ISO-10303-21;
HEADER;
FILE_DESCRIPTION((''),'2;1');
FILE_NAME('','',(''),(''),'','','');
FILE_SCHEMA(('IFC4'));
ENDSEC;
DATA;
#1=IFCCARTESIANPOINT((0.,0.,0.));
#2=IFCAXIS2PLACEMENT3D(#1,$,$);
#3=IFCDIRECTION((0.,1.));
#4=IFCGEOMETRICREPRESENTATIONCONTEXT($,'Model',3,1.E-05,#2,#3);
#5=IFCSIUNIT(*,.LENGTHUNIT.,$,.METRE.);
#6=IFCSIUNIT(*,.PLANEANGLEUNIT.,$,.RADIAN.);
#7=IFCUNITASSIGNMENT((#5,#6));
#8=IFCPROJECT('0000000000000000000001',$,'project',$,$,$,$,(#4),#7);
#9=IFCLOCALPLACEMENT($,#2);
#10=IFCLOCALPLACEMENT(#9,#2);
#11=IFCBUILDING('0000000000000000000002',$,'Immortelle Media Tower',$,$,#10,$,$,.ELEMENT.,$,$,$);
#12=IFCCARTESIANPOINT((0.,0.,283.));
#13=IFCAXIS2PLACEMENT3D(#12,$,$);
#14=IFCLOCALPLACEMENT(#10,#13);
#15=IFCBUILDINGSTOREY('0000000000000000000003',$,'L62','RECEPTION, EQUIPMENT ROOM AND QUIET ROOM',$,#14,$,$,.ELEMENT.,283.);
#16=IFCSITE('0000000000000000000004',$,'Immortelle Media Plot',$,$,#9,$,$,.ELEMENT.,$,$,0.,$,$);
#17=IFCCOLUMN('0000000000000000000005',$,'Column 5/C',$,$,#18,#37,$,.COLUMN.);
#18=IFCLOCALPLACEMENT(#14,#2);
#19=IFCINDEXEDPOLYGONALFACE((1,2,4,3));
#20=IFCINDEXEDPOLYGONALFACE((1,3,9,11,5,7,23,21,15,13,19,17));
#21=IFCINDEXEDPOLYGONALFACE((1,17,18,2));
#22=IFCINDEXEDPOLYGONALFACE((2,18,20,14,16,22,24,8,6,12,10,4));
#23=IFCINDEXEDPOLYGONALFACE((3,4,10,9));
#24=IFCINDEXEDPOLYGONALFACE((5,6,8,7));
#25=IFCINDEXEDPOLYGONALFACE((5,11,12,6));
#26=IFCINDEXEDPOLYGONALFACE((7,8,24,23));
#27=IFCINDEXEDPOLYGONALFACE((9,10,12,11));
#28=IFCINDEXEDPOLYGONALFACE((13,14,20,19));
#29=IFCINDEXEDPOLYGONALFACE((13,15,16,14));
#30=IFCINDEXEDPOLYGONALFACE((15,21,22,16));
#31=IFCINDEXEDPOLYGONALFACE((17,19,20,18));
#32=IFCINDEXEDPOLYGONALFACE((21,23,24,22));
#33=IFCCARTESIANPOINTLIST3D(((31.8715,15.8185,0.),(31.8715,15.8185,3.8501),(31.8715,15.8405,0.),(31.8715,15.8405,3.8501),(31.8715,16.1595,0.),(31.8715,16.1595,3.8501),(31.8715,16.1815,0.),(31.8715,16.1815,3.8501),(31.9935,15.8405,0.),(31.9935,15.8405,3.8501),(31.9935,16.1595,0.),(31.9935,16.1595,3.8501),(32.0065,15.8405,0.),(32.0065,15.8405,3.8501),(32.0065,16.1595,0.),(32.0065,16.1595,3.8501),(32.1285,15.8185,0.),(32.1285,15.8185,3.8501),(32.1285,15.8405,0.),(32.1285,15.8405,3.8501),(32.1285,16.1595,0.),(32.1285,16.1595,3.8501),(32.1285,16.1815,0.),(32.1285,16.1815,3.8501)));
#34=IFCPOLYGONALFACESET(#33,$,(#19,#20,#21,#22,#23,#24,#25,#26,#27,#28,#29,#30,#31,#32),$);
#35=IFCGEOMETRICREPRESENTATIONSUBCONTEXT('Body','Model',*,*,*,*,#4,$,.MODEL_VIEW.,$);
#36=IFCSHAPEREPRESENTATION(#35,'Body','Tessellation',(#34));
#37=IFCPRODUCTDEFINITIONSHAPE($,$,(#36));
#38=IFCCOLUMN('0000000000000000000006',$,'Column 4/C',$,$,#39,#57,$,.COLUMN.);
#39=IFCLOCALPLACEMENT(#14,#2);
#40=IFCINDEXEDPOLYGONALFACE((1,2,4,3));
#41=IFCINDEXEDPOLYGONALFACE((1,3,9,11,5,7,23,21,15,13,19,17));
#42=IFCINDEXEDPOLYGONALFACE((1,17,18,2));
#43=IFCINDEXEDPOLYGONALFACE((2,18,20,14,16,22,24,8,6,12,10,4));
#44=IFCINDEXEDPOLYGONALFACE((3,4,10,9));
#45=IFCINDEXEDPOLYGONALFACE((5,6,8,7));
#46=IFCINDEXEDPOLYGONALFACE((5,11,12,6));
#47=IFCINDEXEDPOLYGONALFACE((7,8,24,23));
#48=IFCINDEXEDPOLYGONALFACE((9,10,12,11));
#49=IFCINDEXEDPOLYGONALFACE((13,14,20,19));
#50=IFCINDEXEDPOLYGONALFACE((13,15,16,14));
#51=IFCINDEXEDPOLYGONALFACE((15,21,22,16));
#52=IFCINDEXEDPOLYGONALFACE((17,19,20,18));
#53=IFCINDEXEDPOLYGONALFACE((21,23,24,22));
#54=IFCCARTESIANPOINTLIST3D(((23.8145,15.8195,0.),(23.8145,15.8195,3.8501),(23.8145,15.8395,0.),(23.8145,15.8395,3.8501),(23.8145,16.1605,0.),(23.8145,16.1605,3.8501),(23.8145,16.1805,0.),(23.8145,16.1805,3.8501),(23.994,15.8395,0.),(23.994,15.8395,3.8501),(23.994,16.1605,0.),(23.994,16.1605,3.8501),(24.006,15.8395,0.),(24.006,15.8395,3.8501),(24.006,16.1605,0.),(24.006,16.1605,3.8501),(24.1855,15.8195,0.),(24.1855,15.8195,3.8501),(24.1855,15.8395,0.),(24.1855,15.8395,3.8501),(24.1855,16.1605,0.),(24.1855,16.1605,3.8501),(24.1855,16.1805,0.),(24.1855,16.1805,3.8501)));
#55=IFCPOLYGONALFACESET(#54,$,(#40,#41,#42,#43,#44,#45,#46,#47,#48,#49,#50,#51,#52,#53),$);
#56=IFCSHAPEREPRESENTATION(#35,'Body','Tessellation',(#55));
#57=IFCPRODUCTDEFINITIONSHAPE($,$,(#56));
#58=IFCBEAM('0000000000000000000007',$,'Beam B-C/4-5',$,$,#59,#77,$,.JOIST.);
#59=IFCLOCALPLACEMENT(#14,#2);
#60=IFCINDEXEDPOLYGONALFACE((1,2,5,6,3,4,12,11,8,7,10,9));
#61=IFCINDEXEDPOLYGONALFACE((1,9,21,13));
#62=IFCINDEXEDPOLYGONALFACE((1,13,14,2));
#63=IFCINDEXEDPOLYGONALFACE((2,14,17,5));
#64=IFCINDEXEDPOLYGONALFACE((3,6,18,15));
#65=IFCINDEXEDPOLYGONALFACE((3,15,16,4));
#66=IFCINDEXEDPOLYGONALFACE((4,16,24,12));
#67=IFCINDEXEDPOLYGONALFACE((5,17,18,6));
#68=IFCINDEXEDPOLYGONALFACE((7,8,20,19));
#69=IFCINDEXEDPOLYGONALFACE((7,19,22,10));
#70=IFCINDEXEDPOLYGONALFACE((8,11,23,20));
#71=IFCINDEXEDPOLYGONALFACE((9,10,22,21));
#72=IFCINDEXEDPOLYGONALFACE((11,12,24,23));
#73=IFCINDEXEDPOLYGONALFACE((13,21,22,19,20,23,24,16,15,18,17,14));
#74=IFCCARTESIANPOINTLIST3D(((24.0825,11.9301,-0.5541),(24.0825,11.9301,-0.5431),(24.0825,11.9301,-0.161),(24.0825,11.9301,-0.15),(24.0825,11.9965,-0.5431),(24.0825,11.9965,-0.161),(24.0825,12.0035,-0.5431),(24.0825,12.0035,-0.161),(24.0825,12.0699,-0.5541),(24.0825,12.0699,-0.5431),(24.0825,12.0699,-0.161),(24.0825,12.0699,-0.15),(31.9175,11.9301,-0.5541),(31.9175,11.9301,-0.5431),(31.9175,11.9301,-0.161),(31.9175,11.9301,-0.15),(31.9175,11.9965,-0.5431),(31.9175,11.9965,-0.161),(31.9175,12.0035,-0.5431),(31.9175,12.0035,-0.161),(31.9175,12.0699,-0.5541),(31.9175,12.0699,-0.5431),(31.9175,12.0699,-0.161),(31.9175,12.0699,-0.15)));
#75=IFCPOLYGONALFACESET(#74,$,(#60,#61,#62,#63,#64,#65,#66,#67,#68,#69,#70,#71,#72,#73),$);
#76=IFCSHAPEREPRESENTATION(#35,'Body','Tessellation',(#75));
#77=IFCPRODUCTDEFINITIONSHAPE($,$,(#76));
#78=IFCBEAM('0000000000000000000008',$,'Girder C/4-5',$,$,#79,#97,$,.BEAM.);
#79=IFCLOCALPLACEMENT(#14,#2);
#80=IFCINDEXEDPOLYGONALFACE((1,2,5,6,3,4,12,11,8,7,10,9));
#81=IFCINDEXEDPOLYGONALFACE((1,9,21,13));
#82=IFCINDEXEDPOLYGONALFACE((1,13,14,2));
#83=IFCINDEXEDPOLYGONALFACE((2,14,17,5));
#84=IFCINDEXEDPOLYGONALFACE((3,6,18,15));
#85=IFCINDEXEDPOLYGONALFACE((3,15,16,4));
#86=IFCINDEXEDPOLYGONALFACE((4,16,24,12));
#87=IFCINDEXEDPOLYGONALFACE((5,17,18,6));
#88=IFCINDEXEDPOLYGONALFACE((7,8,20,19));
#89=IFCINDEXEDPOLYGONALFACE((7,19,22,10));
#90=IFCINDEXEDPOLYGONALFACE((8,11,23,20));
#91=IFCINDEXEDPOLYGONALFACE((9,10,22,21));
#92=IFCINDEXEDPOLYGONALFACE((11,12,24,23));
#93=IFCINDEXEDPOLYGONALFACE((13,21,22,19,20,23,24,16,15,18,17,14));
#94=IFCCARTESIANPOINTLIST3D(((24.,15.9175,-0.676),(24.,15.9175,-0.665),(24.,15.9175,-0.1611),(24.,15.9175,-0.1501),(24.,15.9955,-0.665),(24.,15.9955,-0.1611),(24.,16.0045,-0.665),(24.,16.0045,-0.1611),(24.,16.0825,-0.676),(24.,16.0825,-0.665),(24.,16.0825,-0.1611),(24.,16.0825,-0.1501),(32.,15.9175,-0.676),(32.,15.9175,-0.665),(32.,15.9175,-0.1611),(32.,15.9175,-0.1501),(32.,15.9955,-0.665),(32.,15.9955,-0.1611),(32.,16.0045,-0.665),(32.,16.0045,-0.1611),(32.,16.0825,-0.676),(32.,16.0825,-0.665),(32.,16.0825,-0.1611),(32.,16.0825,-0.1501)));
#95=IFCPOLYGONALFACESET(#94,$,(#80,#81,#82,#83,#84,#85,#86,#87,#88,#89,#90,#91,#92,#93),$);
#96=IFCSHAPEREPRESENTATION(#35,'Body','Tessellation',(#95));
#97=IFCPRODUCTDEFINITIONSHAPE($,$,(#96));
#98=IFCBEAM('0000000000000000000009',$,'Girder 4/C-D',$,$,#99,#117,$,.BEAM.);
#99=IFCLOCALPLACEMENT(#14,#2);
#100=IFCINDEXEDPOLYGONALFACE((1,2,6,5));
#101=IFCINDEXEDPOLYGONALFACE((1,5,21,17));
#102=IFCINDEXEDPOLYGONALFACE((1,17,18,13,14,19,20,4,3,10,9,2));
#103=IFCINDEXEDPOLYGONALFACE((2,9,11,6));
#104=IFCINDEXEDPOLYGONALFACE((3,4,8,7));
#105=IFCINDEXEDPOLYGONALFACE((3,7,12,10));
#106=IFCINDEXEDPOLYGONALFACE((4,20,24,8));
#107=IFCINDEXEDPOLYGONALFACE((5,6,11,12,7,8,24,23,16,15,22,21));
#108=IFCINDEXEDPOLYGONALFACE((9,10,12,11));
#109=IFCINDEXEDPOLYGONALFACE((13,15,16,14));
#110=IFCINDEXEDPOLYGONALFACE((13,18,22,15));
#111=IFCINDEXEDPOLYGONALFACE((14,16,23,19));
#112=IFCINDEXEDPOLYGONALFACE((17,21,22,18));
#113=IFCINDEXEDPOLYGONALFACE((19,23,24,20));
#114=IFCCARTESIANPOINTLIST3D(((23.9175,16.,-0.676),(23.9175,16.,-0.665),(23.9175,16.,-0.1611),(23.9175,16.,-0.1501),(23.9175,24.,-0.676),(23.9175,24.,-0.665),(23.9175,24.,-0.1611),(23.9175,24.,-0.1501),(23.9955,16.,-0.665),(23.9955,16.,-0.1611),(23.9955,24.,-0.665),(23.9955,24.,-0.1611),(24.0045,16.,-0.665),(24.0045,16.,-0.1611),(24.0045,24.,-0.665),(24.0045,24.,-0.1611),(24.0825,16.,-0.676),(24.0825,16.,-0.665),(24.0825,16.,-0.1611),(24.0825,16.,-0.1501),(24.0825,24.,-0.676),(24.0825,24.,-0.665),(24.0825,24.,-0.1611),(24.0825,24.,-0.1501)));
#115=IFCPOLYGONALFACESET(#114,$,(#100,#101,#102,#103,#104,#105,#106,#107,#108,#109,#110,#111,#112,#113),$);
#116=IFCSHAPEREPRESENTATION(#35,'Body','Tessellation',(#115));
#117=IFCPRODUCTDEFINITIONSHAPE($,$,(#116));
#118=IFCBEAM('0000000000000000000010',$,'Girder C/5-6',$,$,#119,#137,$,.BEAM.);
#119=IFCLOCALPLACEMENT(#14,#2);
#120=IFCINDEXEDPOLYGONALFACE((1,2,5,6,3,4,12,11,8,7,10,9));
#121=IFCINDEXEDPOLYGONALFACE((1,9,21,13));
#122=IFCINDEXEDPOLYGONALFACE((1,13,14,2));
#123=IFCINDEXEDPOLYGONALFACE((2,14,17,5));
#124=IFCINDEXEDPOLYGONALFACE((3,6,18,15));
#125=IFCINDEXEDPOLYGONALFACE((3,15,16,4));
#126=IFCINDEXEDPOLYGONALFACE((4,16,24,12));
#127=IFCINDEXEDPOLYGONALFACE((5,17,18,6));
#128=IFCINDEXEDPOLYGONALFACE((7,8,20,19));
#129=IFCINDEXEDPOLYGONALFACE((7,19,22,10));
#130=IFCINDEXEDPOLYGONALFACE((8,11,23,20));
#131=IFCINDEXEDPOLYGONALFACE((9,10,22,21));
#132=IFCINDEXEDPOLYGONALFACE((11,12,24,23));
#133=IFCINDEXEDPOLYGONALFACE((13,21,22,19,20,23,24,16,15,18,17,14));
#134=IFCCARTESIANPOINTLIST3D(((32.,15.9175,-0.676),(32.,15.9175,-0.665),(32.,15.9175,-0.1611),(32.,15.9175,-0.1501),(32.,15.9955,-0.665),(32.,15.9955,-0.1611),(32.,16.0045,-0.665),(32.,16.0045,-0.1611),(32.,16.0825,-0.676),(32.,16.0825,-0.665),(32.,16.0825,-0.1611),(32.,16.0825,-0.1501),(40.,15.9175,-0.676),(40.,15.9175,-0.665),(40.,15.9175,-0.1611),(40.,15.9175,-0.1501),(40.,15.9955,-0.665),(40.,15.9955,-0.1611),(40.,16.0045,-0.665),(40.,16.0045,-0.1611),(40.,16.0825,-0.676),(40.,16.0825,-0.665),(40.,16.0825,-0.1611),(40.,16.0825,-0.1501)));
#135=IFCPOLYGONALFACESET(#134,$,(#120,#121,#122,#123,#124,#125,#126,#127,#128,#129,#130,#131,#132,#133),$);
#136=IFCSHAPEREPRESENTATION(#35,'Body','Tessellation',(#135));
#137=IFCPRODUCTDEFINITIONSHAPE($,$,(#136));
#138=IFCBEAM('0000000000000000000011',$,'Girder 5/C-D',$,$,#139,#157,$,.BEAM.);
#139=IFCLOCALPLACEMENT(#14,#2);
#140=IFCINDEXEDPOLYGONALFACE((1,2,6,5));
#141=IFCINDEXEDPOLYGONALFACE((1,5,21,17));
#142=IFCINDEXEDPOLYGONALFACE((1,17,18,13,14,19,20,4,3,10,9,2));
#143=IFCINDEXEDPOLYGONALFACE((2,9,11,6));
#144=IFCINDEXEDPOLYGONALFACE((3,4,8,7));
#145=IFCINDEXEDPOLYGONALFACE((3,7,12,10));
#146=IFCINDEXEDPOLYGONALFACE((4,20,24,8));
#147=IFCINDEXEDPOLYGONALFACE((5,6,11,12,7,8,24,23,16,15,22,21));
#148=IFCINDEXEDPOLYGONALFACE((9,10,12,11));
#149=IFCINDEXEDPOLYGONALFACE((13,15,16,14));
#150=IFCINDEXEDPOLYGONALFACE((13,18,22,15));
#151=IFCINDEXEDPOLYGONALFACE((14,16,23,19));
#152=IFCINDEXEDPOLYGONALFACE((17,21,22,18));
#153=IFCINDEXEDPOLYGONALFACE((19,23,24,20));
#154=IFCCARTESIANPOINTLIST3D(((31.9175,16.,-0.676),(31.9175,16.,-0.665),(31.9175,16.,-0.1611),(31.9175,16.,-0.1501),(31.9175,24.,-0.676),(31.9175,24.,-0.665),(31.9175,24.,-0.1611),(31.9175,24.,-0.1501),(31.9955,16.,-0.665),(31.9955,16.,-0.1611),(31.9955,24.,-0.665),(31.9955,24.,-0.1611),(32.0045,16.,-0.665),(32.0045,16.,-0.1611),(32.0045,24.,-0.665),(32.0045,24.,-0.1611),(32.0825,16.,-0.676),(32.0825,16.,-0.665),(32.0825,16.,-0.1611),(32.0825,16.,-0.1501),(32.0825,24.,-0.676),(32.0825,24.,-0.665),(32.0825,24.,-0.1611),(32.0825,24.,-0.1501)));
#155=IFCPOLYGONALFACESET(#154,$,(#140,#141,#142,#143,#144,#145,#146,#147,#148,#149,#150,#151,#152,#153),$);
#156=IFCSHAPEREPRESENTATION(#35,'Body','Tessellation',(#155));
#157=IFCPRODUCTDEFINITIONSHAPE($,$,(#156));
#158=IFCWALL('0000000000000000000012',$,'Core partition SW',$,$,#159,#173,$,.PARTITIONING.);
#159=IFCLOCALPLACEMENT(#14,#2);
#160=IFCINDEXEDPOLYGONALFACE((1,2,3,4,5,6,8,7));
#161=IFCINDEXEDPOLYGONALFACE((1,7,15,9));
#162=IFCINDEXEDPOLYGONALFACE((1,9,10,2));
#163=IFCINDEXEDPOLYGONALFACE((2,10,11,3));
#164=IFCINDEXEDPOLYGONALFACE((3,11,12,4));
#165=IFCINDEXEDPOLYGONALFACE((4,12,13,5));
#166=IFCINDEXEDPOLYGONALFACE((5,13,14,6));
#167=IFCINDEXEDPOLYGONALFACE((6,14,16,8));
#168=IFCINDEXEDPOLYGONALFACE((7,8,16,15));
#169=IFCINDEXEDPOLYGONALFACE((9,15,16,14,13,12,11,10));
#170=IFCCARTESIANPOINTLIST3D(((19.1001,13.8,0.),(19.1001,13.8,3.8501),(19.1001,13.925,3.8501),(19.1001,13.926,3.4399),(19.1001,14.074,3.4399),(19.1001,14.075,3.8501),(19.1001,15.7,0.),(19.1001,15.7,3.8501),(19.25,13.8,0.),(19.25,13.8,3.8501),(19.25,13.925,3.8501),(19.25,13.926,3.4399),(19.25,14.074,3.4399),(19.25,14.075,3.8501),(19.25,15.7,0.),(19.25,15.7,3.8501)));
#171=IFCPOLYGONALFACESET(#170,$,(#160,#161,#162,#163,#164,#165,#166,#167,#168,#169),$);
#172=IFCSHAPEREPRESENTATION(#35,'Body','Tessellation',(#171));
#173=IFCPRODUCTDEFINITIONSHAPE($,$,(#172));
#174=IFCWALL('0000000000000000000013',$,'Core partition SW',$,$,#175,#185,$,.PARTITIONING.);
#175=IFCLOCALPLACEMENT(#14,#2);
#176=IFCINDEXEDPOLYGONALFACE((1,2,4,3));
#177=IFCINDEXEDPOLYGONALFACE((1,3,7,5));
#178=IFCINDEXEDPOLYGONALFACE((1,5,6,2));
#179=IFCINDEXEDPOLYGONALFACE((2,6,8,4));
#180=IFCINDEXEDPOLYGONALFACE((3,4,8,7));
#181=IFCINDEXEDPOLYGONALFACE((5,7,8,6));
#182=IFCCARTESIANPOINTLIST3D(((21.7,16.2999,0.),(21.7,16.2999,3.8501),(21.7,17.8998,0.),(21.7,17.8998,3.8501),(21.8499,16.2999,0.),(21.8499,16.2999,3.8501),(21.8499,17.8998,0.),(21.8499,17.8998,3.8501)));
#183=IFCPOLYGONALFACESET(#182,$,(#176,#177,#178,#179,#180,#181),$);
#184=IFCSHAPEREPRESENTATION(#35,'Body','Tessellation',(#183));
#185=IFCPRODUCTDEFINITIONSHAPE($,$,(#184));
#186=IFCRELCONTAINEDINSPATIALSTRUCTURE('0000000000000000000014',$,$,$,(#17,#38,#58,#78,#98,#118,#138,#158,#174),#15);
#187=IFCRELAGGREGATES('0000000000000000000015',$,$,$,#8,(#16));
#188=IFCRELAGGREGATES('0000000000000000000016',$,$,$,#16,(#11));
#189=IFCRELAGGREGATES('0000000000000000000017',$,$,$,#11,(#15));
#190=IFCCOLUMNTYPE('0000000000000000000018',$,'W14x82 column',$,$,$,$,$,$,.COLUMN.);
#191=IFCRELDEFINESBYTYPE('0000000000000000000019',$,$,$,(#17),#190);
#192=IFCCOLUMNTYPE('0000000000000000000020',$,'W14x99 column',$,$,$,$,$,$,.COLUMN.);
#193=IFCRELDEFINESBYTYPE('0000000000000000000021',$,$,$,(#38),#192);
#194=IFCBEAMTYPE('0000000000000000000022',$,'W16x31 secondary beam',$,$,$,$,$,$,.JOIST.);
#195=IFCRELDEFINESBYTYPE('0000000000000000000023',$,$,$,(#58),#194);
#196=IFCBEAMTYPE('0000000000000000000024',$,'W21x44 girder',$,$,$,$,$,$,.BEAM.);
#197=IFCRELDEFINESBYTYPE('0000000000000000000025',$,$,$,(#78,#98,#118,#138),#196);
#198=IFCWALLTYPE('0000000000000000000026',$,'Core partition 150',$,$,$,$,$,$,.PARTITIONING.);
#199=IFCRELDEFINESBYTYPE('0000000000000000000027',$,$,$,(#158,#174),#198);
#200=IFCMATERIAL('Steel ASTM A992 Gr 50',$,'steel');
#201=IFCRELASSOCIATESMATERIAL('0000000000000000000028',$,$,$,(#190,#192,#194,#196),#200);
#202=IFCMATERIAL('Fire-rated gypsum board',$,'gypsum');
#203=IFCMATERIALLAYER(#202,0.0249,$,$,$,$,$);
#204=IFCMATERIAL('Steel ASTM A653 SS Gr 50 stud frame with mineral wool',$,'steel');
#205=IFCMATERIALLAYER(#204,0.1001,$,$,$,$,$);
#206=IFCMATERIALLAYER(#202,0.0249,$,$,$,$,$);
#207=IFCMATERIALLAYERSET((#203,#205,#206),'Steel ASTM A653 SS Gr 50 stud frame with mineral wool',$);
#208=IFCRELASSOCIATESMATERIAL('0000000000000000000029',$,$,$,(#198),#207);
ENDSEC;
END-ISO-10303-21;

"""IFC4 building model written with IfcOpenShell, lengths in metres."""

from ifc_helpers import new_model, si_unit, direction, frame, frame_2d, origin, origin_2d, place, context, subcontext, project, spatial, polyline, rectangle, i_section, outline, extrude, material, layer, layer_set, material_profile, profile_set, type_object, element, save


model = new_model("IFC4")

# Units and contexts
model_context = context("Model", 3, precision=1e-05, world=origin(), true_north=direction((0.0, 1.0)))
body_context = subcontext(model_context, "Body", "Model", "MODEL_VIEW")
ifc_project = project(units=[si_unit("LENGTHUNIT", "METRE"), si_unit("PLANEANGLEUNIT", "RADIAN")], contexts=[model_context])

# Site, building, storey
site_placement = place(None, origin())
site = spatial("IfcSite", under=ifc_project, at=site_placement, Name="Immortelle Media Plot", CompositionType="ELEMENT", RefElevation=0.0)
building_placement = place(site_placement, origin())
building = spatial("IfcBuilding", under=site, at=building_placement, Name="Immortelle Media Tower", CompositionType="ELEMENT")
storey_placement = place(building_placement, frame((0.0, 0.0, 283.0)))
storey = spatial("IfcBuildingStorey", under=building, at=storey_placement, Name="L62", Description="RECEPTION, EQUIPMENT ROOM AND QUIET ROOM", CompositionType="ELEMENT", Elevation=283.0)

# Columns
ifc_material_1 = material(Name="Steel ASTM A992 Gr 50", Category="steel")
ifc_material_profile_1 = material_profile(ifc_material_1, i_section(OverallWidth=0.2571, OverallDepth=0.363, WebThickness=0.0129, FlangeThickness=0.022, at=origin_2d()), Name="W14x82")
ifc_profile_set_1 = profile_set([ifc_material_profile_1], Name="Steel ASTM A992 Gr 50")
column_type_1 = type_object("IfcColumnType", Name="W14x82 column", PredefinedType="COLUMN", material=ifc_profile_set_1)
column_1_placement = place(storey_placement, frame((32.0, 16.0, 0.0), z_axis=(0.0, 0.0, 1.0), x_axis=(1.0, 0.0, 0.0)))
element("IfcColumn", 1, at=column_1_placement, inside=storey, type_object=column_type_1, Name="Column 5/C", PredefinedType="COLUMN", context=body_context, shape_type="SweptSolid", body=[
    extrude(i_section(OverallWidth=0.2571, OverallDepth=0.363, WebThickness=0.0129, FlangeThickness=0.022, at=origin_2d()), origin(), (0.0, 0.0, 1.0), 3.8501),
])
ifc_material_profile_2 = material_profile(ifc_material_1, i_section(OverallWidth=0.3711, OverallDepth=0.3611, WebThickness=0.012, FlangeThickness=0.02, at=origin_2d()), Name="W14x99")
ifc_profile_set_2 = profile_set([ifc_material_profile_2], Name="Steel ASTM A992 Gr 50")
column_type_2 = type_object("IfcColumnType", Name="W14x99 column", PredefinedType="COLUMN", material=ifc_profile_set_2)
column_2_placement = place(storey_placement, frame((24.0, 16.0, 0.0), z_axis=(0.0, 0.0, 1.0), x_axis=(1.0, 0.0, 0.0)))
element("IfcColumn", 2, at=column_2_placement, inside=storey, type_object=column_type_2, Name="Column 4/C", PredefinedType="COLUMN", context=body_context, shape_type="SweptSolid", body=[
    extrude(i_section(OverallWidth=0.3711, OverallDepth=0.3611, WebThickness=0.012, FlangeThickness=0.02, at=origin_2d()), origin(), (0.0, 0.0, 1.0), 3.8501),
])

# Beams
ifc_material_profile_3 = material_profile(ifc_material_1, i_section(OverallWidth=0.1399, OverallDepth=0.4041, WebThickness=0.0071, FlangeThickness=0.011, at=origin_2d()), Name="W16x31")
ifc_profile_set_3 = profile_set([ifc_material_profile_3], Name="Steel ASTM A992 Gr 50")
beam_type_1 = type_object("IfcBeamType", Name="W16x31 secondary beam", PredefinedType="JOIST", material=ifc_profile_set_3)
beam_placement = place(storey_placement, frame((24.0825, 12.0, -0.3521), z_axis=(1.0, 0.0, 0.0), x_axis=(0.0, 1.0, 0.0)))
element("IfcBeam", 3, at=beam_placement, inside=storey, type_object=beam_type_1, Name="Beam B-C/4-5", PredefinedType="JOIST", context=body_context, shape_type="SweptSolid", body=[
    extrude(i_section(OverallWidth=0.1399, OverallDepth=0.4041, WebThickness=0.0071, FlangeThickness=0.011, at=origin_2d()), origin(), (0.0, 0.0, 1.0), 7.835),
])
ifc_material_profile_4 = material_profile(ifc_material_1, i_section(OverallWidth=0.165, OverallDepth=0.5259, WebThickness=0.009, FlangeThickness=0.011, at=origin_2d()), Name="W21x44")
ifc_profile_set_4 = profile_set([ifc_material_profile_4], Name="Steel ASTM A992 Gr 50")
beam_type_2 = type_object("IfcBeamType", Name="W21x44 girder", PredefinedType="BEAM", material=ifc_profile_set_4)
for number, where, z_axis, x_axis, name in (
    (4, (24.0, 16.0, -0.4131), (1.0, 0.0, 0.0), (0.0, 1.0, 0.0), "Girder C/4-5"),
    (5, (24.0, 16.0, -0.4131), (0.0, 1.0, 0.0), (-1.0, 0.0, 0.0), "Girder 4/C-D"),
    (6, (32.0, 16.0, -0.4131), (1.0, 0.0, 0.0), (0.0, 1.0, 0.0), "Girder C/5-6"),
    (7, (32.0, 16.0, -0.4131), (0.0, 1.0, 0.0), (-1.0, 0.0, 0.0), "Girder 5/C-D"),
):
    element("IfcBeam", number, at=place(storey_placement, frame(where, z_axis=z_axis, x_axis=x_axis)), inside=storey, type_object=beam_type_2, Name=name, PredefinedType="BEAM", context=body_context, shape_type="SweptSolid", body=[
        extrude(i_section(OverallWidth=0.165, OverallDepth=0.5259, WebThickness=0.009, FlangeThickness=0.011, at=origin_2d()), origin(), (0.0, 0.0, 1.0), 8.0),
    ])

# Walls
ifc_material_2 = material(Name="Fire-rated gypsum board", Category="gypsum")
ifc_layer_1 = layer(ifc_material_2, 0.0249)
ifc_material_3 = material(Name="Steel ASTM A653 SS Gr 50 stud frame with mineral wool", Category="steel")
ifc_layer_2 = layer(ifc_material_3, 0.1001)
ifc_layer_3 = layer(ifc_material_2, 0.0249)
ifc_layer_set_1 = layer_set([ifc_layer_1, ifc_layer_2, ifc_layer_3], Name="Steel ASTM A653 SS Gr 50 stud frame with mineral wool")
wall_type_1 = type_object("IfcWallType", Name="Core partition 150", PredefinedType="PARTITIONING", material=ifc_layer_set_1)
wall_1_placement = place(storey_placement, frame((19.175, 13.8, 0.0), z_axis=(0.0, 0.0, 1.0), x_axis=(0.0, 1.0, 0.0)))
element("IfcWall", 8, at=wall_1_placement, inside=storey, type_object=wall_type_1, Name="Core partition SW", PredefinedType="PARTITIONING", context=body_context, shape_type="SweptSolid", body=[
    extrude(outline(polyline([(0.0, 0.0), (1.8999, 0.0), (1.8999, 3.8501), (0.2749, 3.8501), (0.2739, 3.4399), (0.126, 3.4399), (0.125, 3.8501), (0.0, 3.8501), (0.0, 0.0)])), frame((0.0, 0.075, 0.0), z_axis=(0.0, -1.0, 0.0), x_axis=(1.0, 0.0, 0.0)), (0.0, 0.0, 1.0), 0.1499),
])
wall_2_placement = place(storey_placement, frame((21.7749, 16.3, 0.0), z_axis=(0.0, 0.0, 1.0), x_axis=(0.0, 1.0, 0.0)))
element("IfcWall", 9, at=wall_2_placement, inside=storey, type_object=wall_type_1, Name="Core partition SW", PredefinedType="PARTITIONING", context=body_context, shape_type="SweptSolid", body=[
    extrude(rectangle(XDim=1.5999, YDim=0.1499, at=frame_2d((0.7998, 0.0))), origin(), (0.0, 0.0, 1.0), 3.8501),
])

save(model, "model.ifc")
